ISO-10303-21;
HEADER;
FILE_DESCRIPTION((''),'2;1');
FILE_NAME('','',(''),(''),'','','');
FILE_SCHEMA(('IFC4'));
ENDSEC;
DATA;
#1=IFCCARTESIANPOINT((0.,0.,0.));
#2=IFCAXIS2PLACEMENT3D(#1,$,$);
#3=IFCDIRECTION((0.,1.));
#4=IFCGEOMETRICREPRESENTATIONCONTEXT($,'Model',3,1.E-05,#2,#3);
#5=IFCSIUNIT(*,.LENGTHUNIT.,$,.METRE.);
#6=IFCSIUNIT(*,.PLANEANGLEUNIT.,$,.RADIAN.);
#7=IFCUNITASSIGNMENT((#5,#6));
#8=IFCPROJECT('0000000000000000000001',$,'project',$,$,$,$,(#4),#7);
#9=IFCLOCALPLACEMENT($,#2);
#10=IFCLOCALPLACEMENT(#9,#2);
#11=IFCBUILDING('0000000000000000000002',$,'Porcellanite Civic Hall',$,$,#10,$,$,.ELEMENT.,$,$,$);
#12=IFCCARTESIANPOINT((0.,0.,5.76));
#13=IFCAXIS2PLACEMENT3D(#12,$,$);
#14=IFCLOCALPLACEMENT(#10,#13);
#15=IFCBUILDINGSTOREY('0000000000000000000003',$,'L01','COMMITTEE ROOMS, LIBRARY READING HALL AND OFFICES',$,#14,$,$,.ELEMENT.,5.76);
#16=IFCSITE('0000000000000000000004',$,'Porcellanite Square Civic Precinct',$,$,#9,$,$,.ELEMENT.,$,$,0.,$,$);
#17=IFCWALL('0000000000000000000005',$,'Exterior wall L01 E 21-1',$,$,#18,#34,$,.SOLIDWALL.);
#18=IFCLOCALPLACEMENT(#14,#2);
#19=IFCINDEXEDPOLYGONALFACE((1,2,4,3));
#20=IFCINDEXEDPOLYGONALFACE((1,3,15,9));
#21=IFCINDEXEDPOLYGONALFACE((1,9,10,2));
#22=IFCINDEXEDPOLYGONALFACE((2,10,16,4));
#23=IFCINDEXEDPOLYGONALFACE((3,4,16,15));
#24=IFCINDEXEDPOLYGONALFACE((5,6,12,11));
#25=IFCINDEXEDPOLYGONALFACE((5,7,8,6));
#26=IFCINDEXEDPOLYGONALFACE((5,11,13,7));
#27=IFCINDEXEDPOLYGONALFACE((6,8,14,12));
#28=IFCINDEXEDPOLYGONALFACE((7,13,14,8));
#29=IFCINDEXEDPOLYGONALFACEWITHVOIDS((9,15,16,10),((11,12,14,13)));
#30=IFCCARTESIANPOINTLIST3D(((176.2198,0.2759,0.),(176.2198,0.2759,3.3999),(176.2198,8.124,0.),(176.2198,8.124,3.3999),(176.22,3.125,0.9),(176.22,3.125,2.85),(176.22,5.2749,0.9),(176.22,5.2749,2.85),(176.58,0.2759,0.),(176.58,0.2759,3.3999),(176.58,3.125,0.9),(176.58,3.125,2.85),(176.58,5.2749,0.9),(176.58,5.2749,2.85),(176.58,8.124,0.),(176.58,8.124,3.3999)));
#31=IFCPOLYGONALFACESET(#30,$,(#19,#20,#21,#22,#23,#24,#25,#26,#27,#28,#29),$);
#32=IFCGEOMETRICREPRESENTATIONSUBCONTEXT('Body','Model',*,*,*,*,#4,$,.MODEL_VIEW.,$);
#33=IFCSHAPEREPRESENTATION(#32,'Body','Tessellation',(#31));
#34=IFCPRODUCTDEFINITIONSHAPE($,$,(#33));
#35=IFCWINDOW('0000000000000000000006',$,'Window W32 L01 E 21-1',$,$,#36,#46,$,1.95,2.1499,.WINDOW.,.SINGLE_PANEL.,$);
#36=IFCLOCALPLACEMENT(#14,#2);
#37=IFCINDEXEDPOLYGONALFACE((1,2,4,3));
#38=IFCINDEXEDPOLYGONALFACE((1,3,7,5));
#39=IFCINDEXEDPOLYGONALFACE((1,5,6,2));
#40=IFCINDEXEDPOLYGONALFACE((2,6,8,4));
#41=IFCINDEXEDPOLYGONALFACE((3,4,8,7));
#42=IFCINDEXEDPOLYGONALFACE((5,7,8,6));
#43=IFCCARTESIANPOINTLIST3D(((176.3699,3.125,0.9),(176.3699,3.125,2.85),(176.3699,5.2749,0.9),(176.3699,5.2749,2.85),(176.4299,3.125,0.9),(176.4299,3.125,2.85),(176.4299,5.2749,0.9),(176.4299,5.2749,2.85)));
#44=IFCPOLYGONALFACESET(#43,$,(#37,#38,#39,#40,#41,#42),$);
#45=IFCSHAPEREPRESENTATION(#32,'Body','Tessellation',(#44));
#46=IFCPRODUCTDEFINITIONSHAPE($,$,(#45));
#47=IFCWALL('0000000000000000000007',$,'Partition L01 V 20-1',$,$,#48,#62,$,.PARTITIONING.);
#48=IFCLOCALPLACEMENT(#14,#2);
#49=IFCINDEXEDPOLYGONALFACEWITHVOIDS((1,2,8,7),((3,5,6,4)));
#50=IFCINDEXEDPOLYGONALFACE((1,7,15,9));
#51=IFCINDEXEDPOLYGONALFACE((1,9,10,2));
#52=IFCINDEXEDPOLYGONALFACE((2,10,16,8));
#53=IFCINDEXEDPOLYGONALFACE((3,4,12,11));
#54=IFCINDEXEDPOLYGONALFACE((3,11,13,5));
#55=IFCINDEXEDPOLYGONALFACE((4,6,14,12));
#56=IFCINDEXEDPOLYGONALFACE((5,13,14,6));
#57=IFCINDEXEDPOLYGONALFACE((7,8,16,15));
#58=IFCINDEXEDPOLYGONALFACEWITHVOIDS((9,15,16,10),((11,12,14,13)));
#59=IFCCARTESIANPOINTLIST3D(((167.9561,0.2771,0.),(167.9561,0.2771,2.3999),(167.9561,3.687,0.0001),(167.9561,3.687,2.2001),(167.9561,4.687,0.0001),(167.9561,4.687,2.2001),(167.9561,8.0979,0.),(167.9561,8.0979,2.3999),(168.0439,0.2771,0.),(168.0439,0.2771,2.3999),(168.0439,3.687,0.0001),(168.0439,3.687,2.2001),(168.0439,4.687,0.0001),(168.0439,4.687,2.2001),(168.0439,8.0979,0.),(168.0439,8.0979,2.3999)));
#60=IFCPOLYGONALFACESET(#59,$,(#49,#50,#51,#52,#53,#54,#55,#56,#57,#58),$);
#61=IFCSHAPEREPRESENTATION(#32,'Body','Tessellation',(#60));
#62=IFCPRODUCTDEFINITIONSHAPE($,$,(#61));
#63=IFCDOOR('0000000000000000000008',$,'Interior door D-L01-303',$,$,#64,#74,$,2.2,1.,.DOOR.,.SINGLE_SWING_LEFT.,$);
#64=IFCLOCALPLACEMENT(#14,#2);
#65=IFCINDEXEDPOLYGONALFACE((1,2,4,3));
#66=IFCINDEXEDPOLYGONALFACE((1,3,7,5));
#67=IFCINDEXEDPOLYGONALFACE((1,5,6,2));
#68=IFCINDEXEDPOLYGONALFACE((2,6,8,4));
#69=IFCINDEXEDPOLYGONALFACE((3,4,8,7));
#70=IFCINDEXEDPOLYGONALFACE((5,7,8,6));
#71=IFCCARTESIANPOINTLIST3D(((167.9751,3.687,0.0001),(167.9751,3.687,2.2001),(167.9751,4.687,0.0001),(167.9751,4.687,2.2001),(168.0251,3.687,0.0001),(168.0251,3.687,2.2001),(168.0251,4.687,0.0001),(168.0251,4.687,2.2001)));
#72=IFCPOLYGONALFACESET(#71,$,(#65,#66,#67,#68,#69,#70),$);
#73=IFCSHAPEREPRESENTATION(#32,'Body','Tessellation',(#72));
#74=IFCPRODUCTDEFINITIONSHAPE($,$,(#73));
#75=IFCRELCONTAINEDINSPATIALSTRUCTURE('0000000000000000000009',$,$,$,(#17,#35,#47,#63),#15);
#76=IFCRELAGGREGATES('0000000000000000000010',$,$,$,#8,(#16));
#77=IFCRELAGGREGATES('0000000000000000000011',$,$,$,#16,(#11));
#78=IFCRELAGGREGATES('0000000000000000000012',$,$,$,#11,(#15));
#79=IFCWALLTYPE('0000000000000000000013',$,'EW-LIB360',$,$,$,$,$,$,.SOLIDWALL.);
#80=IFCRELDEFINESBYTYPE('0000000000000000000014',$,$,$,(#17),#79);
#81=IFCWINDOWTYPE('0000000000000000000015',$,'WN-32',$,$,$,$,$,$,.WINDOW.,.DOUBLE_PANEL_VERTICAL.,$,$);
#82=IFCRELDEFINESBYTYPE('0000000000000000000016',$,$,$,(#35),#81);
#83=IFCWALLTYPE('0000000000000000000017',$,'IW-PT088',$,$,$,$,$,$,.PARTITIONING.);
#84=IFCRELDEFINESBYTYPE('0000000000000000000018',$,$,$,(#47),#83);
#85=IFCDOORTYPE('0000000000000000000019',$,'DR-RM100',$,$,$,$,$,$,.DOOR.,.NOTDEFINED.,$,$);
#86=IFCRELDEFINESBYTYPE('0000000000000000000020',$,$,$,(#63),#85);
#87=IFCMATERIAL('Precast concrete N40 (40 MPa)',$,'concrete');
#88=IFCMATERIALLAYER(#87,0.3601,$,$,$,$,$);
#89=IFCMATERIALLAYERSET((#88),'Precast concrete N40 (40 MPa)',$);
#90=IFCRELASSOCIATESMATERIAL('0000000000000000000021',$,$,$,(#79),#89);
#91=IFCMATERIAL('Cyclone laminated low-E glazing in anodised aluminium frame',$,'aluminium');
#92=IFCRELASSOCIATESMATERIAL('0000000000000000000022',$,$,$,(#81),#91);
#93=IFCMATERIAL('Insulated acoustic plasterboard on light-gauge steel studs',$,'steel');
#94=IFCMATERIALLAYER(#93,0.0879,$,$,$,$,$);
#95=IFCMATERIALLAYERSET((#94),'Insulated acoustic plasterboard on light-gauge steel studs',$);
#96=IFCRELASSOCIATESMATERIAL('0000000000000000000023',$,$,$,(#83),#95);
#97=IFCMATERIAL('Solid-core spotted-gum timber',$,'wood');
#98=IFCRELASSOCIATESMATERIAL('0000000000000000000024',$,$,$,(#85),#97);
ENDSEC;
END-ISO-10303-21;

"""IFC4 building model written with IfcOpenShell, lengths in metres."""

from ifc_helpers import new_model, si_unit, direction, frame, frame_2d, origin, place, context, subcontext, project, spatial, rectangle, extrude, material, layer, layer_set, type_object, element, fill, save


model = new_model("IFC4")

# Units and contexts
model_context = context("Model", 3, precision=1e-05, world=origin(), true_north=direction((0.0, 1.0)))
body_context = subcontext(model_context, "Body", "Model", "MODEL_VIEW")
ifc_project = project(units=[si_unit("LENGTHUNIT", "METRE"), si_unit("PLANEANGLEUNIT", "RADIAN")], contexts=[model_context])

# Site, building, storey
site_placement = place(None, origin())
site = spatial("IfcSite", under=ifc_project, at=site_placement, Name="Porcellanite Square Civic Precinct", CompositionType="ELEMENT", RefElevation=0.0)
building_placement = place(site_placement, origin())
building = spatial("IfcBuilding", under=site, at=building_placement, Name="Porcellanite Civic Hall", CompositionType="ELEMENT")
storey_placement = place(building_placement, frame((0.0, 0.0, 5.76)))
storey = spatial("IfcBuildingStorey", under=building, at=storey_placement, Name="L01", Description="COMMITTEE ROOMS, LIBRARY READING HALL AND OFFICES", CompositionType="ELEMENT", Elevation=5.76)

# Wall, opening, window
ifc_material_1 = material(Name="Precast concrete N40 (40 MPa)", Category="concrete")
ifc_layer_1 = layer(ifc_material_1, 0.3601)
ifc_layer_set_1 = layer_set([ifc_layer_1], Name="Precast concrete N40 (40 MPa)")
wall_type_1 = type_object("IfcWallType", Name="EW-LIB360", PredefinedType="SOLIDWALL", material=ifc_layer_set_1)
wall_1_placement = place(storey_placement, frame((176.3999, 8.124, 0.0), z_axis=(0.0, 0.0, 1.0), x_axis=(0.0, -1.0, 0.0)))
wall_1 = element("IfcWall", 1, at=wall_1_placement, inside=storey, type_object=wall_type_1, Name="Exterior wall L01 E 21-1", PredefinedType="SOLIDWALL", context=body_context, shape_type="SweptSolid", body=[
    extrude(rectangle(XDim=7.8481, YDim=0.3601, at=frame_2d((3.9241, 0.0))), origin(), (0.0, 0.0, 1.0), 3.3999),
])
opening_1_placement = place(wall_1_placement, frame((2.8491, 0.0, 0.8999)))
opening_1 = element("IfcOpeningElement", 2, at=opening_1_placement, cuts=wall_1, PredefinedType="OPENING", context=body_context, shape_type="SweptSolid", body=[
    extrude(rectangle(XDim=2.1499, YDim=1.95, at=frame_2d((1.075, 0.9751))), frame((0.0, 0.1802, 0.0), z_axis=(0.0, -1.0, 0.0), x_axis=(1.0, 0.0, 0.0)), (0.0, 0.0, 1.0), 0.3601),
])
ifc_material_2 = material(Name="Cyclone laminated low-E glazing in anodised aluminium frame", Category="aluminium")
window_type_1 = type_object("IfcWindowType", Name="WN-32", PartitioningType="DOUBLE_PANEL_VERTICAL", PredefinedType="WINDOW", material=ifc_material_2)
window_1_placement = place(opening_1_placement, origin())
window_1 = element("IfcWindow", 3, at=window_1_placement, inside=storey, type_object=window_type_1, Name="Window W32 L01 E 21-1", OverallHeight=1.95, OverallWidth=2.1499, PartitioningType="SINGLE_PANEL", PredefinedType="WINDOW", context=body_context, shape_type="SweptSolid", body=[
    extrude(rectangle(XDim=2.1499, YDim=1.95, at=frame_2d((1.075, 0.9751))), frame((0.0, 0.03, 0.0), z_axis=(0.0, -1.0, 0.0), x_axis=(1.0, 0.0, 0.0)), (0.0, 0.0, 1.0), 0.0601),
])
fill(opening_1, window_1)

# Wall, opening, door
ifc_material_3 = material(Name="Insulated acoustic plasterboard on light-gauge steel studs", Category="steel")
ifc_layer_2 = layer(ifc_material_3, 0.0879)
ifc_layer_set_2 = layer_set([ifc_layer_2], Name="Insulated acoustic plasterboard on light-gauge steel studs")
wall_type_2 = type_object("IfcWallType", Name="IW-PT088", PredefinedType="PARTITIONING", material=ifc_layer_set_2)
wall_2_placement = place(storey_placement, frame((168.0, 0.2771, 0.0), z_axis=(0.0, 0.0, 1.0), x_axis=(0.0, 1.0, 0.0)))
wall_2 = element("IfcWall", 4, at=wall_2_placement, inside=storey, type_object=wall_type_2, Name="Partition L01 V 20-1", PredefinedType="PARTITIONING", context=body_context, shape_type="SweptSolid", body=[
    extrude(rectangle(XDim=7.8208, YDim=0.0879, at=frame_2d((3.9104, 0.0))), origin(), (0.0, 0.0, 1.0), 2.3999),
])
opening_2_placement = place(wall_2_placement, frame((3.4099, 0.0, 0.0)))
opening_2 = element("IfcOpeningElement", 5, at=opening_2_placement, cuts=wall_2, PredefinedType="OPENING", context=body_context, shape_type="SweptSolid", body=[
    extrude(rectangle(XDim=1.0, YDim=2.2, at=frame_2d((0.5, 1.1001))), frame((0.0, 0.0439, 0.0), z_axis=(0.0, -1.0, 0.0), x_axis=(1.0, 0.0, 0.0)), (0.0, 0.0, 1.0), 0.0879),
])
ifc_material_4 = material(Name="Solid-core spotted-gum timber", Category="wood")
door_type_1 = type_object("IfcDoorType", Name="DR-RM100", OperationType="NOTDEFINED", PredefinedType="DOOR", material=ifc_material_4)
door_1_placement = place(opening_2_placement, origin())
door_1 = element("IfcDoor", 6, at=door_1_placement, inside=storey, type_object=door_type_1, Name="Interior door D-L01-303", OperationType="SINGLE_SWING_LEFT", OverallHeight=2.2, OverallWidth=1.0, PredefinedType="DOOR", context=body_context, shape_type="SweptSolid", body=[
    extrude(rectangle(XDim=1.0, YDim=2.2, at=frame_2d((0.5, 1.1001))), frame((0.0, 0.0249, 0.0), z_axis=(0.0, -1.0, 0.0), x_axis=(1.0, 0.0, 0.0)), (0.0, 0.0, 1.0), 0.05),
])
fill(opening_2, door_1)

save(model, "model.ifc")
